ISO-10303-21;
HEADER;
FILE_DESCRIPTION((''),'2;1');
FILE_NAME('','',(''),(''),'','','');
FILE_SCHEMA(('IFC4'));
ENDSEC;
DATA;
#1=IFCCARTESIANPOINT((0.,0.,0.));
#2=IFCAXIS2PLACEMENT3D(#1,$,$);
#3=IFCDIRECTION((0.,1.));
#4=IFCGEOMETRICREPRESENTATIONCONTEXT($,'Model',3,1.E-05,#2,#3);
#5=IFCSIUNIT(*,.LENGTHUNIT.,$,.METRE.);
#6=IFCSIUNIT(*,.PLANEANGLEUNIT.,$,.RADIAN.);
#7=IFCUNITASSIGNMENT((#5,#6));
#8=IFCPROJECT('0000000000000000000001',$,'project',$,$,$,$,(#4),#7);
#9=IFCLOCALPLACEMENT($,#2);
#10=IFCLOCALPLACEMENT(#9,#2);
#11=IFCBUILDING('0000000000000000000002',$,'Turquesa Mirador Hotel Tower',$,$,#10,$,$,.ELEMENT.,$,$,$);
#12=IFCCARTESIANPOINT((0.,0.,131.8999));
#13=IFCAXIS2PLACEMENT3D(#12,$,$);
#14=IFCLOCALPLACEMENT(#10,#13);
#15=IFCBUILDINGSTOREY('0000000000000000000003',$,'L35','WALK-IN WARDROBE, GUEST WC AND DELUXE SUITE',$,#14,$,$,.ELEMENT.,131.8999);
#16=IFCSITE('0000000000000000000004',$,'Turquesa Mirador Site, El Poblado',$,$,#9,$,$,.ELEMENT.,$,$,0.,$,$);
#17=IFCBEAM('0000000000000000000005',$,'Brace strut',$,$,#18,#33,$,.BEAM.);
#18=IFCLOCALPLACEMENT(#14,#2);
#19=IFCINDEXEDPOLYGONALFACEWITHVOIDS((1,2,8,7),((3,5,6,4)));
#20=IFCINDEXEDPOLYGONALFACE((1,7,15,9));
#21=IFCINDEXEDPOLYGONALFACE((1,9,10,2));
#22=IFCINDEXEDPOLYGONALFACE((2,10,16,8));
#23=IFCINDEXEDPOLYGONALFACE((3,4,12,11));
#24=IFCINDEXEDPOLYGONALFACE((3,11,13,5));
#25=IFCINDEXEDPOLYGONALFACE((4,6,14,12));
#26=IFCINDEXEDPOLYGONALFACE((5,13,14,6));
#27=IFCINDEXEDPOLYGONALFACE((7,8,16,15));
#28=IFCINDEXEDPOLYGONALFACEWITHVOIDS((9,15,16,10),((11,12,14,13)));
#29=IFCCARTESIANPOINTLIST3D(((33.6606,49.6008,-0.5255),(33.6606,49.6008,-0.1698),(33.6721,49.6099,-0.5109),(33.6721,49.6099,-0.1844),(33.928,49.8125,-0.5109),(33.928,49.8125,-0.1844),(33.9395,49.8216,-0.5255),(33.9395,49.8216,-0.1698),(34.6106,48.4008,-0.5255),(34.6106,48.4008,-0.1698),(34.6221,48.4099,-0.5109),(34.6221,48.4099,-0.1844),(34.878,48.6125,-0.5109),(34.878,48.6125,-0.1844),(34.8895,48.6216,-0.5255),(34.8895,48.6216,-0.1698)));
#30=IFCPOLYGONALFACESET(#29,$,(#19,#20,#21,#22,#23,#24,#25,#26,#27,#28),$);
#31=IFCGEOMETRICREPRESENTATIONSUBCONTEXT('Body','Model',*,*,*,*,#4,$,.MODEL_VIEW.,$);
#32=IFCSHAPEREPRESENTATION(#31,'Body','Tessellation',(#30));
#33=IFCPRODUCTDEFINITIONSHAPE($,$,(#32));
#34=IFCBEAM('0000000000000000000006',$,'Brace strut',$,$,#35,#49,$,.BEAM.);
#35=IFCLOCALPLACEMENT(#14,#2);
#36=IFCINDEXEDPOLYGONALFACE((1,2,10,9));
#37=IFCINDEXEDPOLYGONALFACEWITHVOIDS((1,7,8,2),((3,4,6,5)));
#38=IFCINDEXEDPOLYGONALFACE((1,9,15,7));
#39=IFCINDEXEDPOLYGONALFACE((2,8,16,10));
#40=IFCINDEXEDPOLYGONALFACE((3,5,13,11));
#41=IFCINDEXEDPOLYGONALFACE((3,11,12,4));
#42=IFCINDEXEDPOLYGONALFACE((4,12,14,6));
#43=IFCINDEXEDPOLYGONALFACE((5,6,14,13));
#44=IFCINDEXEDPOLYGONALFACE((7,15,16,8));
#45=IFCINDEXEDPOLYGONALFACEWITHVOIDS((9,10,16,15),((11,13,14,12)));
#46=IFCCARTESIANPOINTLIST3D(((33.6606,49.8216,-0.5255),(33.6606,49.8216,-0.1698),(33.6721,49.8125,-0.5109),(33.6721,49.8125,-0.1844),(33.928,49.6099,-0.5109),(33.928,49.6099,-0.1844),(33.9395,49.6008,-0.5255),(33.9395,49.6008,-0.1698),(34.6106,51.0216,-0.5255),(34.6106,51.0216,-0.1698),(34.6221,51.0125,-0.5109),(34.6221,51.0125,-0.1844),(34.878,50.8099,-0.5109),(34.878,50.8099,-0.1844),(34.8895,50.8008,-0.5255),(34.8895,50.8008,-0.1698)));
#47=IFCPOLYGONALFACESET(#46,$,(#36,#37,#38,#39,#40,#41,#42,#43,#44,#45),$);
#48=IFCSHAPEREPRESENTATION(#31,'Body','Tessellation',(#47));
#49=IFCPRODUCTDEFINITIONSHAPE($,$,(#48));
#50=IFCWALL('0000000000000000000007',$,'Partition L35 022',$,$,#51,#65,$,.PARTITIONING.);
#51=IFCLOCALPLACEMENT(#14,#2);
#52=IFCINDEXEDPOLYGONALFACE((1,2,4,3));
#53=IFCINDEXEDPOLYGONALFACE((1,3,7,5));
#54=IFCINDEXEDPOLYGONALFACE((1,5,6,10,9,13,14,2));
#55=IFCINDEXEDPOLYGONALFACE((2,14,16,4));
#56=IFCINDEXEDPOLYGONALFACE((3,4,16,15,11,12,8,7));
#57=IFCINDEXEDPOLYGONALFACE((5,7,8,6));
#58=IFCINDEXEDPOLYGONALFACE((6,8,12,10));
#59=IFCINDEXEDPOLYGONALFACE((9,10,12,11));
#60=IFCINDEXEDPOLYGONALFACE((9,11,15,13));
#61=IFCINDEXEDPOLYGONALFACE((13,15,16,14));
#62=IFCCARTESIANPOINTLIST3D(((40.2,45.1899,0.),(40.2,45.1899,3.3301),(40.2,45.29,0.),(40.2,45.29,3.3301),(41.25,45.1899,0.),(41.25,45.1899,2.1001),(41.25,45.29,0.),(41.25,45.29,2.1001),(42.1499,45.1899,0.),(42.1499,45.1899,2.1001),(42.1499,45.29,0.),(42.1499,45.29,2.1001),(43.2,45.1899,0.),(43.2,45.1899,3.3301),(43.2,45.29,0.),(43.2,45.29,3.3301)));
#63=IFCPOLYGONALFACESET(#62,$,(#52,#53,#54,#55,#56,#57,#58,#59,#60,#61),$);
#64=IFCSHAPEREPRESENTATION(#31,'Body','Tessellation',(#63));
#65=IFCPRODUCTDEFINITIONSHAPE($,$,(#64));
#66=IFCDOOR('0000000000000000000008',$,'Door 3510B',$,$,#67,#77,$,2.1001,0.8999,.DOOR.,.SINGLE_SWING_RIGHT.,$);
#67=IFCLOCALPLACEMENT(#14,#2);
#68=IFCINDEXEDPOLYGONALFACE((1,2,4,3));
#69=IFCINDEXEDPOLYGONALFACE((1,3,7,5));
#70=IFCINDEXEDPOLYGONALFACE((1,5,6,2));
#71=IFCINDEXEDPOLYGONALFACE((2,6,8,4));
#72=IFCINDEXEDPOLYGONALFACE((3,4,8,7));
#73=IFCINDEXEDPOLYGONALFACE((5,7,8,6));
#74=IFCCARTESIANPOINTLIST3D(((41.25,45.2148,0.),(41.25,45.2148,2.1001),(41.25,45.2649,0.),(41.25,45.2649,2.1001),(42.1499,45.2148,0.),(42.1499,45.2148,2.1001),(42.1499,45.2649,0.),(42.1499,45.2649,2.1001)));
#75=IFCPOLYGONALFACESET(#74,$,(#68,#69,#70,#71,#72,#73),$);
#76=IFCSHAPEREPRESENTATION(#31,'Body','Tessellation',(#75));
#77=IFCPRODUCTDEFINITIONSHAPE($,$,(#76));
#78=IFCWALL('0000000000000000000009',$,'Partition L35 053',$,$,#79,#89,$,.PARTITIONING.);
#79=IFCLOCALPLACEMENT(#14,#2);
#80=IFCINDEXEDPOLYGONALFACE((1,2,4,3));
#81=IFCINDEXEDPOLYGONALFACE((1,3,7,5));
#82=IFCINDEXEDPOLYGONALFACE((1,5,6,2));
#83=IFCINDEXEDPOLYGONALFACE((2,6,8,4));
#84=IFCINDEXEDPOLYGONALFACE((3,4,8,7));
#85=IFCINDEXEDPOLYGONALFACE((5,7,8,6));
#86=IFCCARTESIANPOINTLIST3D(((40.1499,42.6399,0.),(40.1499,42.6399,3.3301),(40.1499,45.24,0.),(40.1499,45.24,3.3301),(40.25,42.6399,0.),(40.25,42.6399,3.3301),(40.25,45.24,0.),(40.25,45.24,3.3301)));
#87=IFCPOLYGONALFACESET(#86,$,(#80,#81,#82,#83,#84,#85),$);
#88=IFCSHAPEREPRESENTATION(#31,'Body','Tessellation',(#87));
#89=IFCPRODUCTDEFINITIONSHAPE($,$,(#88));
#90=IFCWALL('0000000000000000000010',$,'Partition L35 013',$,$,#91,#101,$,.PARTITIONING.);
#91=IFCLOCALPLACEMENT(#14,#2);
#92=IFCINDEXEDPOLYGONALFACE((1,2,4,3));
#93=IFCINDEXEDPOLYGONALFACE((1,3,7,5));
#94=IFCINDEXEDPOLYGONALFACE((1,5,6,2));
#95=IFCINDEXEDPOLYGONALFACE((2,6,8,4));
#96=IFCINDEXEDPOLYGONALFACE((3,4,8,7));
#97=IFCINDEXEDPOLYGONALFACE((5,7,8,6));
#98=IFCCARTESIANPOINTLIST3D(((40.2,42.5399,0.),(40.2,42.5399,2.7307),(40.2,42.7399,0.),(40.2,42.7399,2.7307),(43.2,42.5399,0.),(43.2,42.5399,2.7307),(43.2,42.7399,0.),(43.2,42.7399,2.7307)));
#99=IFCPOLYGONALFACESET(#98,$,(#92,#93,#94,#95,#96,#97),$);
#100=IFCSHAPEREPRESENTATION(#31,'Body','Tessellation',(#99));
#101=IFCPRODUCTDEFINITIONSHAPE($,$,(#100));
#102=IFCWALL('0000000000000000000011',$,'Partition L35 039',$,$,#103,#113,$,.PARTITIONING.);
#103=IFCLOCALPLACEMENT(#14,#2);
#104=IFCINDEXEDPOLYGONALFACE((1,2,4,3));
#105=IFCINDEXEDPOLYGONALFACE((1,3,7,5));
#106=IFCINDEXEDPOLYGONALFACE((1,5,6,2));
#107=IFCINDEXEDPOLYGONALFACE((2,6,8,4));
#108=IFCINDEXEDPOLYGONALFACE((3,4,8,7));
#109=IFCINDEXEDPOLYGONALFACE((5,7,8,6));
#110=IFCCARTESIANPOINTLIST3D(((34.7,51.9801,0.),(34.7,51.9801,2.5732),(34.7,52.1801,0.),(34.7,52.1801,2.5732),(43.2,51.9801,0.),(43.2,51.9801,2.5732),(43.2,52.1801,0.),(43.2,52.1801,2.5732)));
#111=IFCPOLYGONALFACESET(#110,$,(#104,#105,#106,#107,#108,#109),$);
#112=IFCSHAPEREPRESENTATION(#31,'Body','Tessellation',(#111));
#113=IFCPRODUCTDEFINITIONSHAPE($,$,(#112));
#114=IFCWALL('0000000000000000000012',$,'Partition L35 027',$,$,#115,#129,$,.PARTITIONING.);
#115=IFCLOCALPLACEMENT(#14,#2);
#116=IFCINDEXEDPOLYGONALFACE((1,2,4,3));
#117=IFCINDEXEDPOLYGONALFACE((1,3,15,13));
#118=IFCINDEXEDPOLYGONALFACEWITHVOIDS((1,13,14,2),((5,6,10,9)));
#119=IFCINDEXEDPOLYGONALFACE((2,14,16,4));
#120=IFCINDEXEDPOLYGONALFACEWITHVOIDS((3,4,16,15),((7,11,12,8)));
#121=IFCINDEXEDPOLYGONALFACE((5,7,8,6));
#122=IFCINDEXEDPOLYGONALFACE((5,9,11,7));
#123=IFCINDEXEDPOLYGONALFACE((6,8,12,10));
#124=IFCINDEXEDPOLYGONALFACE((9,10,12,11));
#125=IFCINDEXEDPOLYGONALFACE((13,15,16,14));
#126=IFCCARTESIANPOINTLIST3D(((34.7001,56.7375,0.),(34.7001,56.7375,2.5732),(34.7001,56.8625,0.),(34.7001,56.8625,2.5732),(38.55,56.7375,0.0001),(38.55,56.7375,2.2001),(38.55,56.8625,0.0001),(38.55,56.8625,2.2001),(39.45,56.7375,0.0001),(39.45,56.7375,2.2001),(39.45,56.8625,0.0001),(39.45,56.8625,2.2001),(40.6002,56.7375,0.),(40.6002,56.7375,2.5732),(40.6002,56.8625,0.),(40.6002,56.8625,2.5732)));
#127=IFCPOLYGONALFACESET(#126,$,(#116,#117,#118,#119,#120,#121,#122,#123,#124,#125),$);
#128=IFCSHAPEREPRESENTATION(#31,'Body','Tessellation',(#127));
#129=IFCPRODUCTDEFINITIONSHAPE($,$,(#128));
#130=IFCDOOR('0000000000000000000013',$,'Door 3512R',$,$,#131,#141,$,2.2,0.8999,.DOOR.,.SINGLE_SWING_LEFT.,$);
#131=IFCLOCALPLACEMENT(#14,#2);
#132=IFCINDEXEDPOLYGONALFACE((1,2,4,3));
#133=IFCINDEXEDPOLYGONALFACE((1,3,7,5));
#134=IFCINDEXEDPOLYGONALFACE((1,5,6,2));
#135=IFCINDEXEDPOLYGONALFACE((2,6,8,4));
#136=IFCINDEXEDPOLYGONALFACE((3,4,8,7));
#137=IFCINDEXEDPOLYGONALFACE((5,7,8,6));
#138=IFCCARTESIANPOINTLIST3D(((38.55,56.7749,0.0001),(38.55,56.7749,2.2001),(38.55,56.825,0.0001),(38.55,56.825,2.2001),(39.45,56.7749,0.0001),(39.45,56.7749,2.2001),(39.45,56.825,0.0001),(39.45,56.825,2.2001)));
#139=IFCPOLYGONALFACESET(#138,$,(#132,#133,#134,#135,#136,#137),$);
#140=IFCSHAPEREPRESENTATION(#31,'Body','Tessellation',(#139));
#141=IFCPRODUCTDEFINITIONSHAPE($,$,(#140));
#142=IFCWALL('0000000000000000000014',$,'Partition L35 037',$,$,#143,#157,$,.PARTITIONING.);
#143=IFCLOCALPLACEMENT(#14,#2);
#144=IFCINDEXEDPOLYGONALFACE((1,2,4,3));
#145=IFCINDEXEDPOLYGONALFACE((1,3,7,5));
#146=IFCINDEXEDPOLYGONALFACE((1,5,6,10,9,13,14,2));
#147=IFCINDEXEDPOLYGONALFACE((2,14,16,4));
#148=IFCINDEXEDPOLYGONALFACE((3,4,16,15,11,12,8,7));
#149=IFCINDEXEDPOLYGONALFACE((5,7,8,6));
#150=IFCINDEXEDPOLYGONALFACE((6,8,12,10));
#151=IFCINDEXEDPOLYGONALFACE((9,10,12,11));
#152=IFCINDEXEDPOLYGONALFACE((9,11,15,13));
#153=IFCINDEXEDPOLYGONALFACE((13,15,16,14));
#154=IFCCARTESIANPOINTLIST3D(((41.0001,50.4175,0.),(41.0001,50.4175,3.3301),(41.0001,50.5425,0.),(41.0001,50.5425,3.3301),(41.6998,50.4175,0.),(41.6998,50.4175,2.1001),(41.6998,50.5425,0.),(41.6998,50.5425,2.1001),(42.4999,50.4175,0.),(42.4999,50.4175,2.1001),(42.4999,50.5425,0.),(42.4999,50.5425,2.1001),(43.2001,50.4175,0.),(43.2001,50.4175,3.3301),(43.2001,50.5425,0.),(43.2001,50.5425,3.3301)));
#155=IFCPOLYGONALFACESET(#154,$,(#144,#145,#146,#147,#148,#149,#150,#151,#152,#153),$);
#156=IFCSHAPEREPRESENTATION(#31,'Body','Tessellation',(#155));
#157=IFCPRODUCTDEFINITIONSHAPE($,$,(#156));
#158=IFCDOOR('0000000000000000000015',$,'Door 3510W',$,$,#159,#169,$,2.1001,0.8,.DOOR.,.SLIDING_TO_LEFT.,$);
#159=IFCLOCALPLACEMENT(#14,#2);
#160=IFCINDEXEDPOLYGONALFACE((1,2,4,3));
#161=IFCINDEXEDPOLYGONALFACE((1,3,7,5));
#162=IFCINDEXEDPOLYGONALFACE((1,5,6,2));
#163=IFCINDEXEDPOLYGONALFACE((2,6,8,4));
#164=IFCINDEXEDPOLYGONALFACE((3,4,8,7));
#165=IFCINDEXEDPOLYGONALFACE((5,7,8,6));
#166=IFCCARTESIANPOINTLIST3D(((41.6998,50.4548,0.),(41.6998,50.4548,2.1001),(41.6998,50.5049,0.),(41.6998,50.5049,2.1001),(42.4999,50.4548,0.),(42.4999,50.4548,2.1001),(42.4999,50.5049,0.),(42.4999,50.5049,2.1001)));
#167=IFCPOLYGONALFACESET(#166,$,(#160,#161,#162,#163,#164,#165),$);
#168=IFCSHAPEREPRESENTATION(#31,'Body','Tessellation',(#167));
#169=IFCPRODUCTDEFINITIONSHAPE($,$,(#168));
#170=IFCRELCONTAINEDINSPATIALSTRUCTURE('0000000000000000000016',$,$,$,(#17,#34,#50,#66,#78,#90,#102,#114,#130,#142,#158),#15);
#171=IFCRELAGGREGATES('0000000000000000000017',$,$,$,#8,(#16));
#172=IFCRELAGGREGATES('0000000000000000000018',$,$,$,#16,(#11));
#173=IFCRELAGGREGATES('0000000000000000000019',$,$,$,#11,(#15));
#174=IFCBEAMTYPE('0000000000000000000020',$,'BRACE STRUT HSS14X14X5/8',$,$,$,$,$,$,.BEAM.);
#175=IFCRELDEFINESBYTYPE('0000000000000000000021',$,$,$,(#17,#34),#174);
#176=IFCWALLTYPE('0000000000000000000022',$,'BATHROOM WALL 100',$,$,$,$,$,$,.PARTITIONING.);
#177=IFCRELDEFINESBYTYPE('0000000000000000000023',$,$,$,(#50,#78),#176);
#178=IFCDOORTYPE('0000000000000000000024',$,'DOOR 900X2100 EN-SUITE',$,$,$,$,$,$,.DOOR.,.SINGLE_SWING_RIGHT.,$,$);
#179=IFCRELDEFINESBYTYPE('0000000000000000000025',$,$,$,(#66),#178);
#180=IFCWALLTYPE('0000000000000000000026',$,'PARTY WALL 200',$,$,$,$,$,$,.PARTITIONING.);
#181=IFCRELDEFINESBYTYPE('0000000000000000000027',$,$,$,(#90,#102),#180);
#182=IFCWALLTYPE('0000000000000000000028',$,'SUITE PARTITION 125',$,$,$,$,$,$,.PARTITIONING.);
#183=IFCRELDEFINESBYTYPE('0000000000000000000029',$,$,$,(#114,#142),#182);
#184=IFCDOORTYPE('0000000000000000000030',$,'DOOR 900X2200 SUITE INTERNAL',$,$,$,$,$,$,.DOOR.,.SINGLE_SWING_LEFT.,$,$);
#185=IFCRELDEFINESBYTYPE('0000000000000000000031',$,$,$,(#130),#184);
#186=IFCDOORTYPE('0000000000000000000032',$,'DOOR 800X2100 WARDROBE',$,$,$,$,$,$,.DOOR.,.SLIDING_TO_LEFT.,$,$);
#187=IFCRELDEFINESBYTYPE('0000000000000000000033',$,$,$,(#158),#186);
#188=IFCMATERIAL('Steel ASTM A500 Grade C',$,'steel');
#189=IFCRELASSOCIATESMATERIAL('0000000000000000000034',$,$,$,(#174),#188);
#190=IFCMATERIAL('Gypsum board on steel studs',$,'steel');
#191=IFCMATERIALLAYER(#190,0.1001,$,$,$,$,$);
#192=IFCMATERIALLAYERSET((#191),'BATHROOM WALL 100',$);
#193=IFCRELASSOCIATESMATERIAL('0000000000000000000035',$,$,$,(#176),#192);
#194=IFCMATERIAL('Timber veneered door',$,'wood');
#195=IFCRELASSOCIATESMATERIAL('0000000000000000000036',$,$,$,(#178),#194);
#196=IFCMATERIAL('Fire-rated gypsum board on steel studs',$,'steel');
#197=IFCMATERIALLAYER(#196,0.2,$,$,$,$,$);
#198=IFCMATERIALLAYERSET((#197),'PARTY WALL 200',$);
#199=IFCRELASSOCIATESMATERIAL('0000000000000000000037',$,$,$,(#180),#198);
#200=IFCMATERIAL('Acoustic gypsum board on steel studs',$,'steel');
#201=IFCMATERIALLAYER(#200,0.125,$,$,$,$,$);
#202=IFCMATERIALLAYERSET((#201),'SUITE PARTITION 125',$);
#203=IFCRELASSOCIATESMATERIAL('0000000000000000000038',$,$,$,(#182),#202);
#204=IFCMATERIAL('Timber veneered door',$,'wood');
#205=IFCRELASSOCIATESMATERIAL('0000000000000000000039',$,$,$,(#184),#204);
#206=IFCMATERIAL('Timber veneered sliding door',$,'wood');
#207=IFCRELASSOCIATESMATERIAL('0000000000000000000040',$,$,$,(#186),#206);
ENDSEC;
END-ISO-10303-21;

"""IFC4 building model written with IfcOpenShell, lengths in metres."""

from ifc_helpers import new_model, si_unit, direction, frame, frame_2d, origin, origin_2d, place, context, subcontext, project, spatial, rectangle, hollow_rectangle, extrude, material, layer, layer_set, material_profile, profile_set, type_object, element, fill, save


model = new_model("IFC4")

# Units and contexts
model_context = context("Model", 3, precision=1e-05, world=origin(), true_north=direction((0.0, 1.0)))
body_context = subcontext(model_context, "Body", "Model", "MODEL_VIEW")
ifc_project = project(units=[si_unit("LENGTHUNIT", "METRE"), si_unit("PLANEANGLEUNIT", "RADIAN")], contexts=[model_context])

# Site, building, storey
site_placement = place(None, origin())
site = spatial("IfcSite", under=ifc_project, at=site_placement, Name="Turquesa Mirador Site, El Poblado", CompositionType="ELEMENT", RefElevation=0.0)
building_placement = place(site_placement, origin())
building = spatial("IfcBuilding", under=site, at=building_placement, Name="Turquesa Mirador Hotel Tower", CompositionType="ELEMENT")
storey_placement = place(building_placement, frame((0.0, 0.0, 131.8999)))
storey = spatial("IfcBuildingStorey", under=building, at=storey_placement, Name="L35", Description="WALK-IN WARDROBE, GUEST WC AND DELUXE SUITE", CompositionType="ELEMENT", Elevation=131.8999)

# Beams
ifc_material_1 = material(Name="Steel ASTM A500 Grade C", Category="steel")
ifc_material_profile_1 = material_profile(ifc_material_1, hollow_rectangle(XDim=0.3557, YDim=0.3557, WallThickness=0.0146, at=origin_2d()), Name="HSS14X14X5/8")
ifc_profile_set_1 = profile_set([ifc_material_profile_1], Name="Steel ASTM A500 Grade C")
beam_type_1 = type_object("IfcBeamType", Name="BRACE STRUT HSS14X14X5/8", PredefinedType="BEAM", material=ifc_profile_set_1)
for number, where, z_axis, x_axis, name in (
    (1, (33.8, 49.7112, -0.3477), (0.620699, -0.784049, 0.0), (0.784049, 0.620699, 0.0), "Brace strut"),
    (2, (33.8, 49.7112, -0.3477), (0.620699, 0.784049, 0.0), (-0.784049, 0.620699, 0.0), "Brace strut"),
):
    element("IfcBeam", number, at=place(storey_placement, frame(where, z_axis=z_axis, x_axis=x_axis)), inside=storey, type_object=beam_type_1, Name=name, PredefinedType="BEAM", context=body_context, shape_type="SweptSolid", body=[
        extrude(hollow_rectangle(XDim=0.3557, YDim=0.3557, WallThickness=0.0146, at=origin_2d()), origin(), (0.0, 0.0, 1.0), 1.5305),
    ])

# Wall, opening, door
ifc_material_2 = material(Name="Gypsum board on steel studs", Category="steel")
ifc_layer_1 = layer(ifc_material_2, 0.1001)
ifc_layer_set_1 = layer_set([ifc_layer_1], Name="BATHROOM WALL 100")
wall_type_1 = type_object("IfcWallType", Name="BATHROOM WALL 100", PredefinedType="PARTITIONING", material=ifc_layer_set_1)
wall_1_placement = place(storey_placement, frame((40.2, 45.24, 0.0), z_axis=(0.0, 0.0, 1.0), x_axis=(1.0, 0.0, 0.0)))
wall_1 = element("IfcWall", 3, at=wall_1_placement, inside=storey, type_object=wall_type_1, Name="Partition L35 022", PredefinedType="PARTITIONING", context=body_context, shape_type="SweptSolid", body=[
    extrude(rectangle(XDim=3.0, YDim=0.1001, at=frame_2d((1.5, 0.0))), origin(), (0.0, 0.0, 1.0), 3.3301),
])
opening_1_placement = place(wall_1_placement, frame((1.05, 0.0, 0.0)))
opening_1 = element("IfcOpeningElement", 4, at=opening_1_placement, cuts=wall_1, PredefinedType="OPENING", context=body_context, shape_type="SweptSolid", body=[
    extrude(rectangle(XDim=0.8999, YDim=2.1001, at=frame_2d((0.45, 1.05))), frame((0.0, 0.0601, 0.0), z_axis=(0.0, -1.0, 0.0), x_axis=(1.0, 0.0, 0.0)), (0.0, 0.0, 1.0), 0.1201),
])
ifc_material_3 = material(Name="Timber veneered door", Category="wood")
door_type_1 = type_object("IfcDoorType", Name="DOOR 900X2100 EN-SUITE", OperationType="SINGLE_SWING_RIGHT", PredefinedType="DOOR", material=ifc_material_3)
door_1_placement = place(opening_1_placement, origin())
door_1 = element("IfcDoor", 5, at=door_1_placement, inside=storey, type_object=door_type_1, Name="Door 3510B", OperationType="SINGLE_SWING_RIGHT", OverallHeight=2.1001, OverallWidth=0.8999, PredefinedType="DOOR", context=body_context, shape_type="SweptSolid", body=[
    extrude(rectangle(XDim=0.8999, YDim=2.1001, at=frame_2d((0.45, 1.05))), frame((0.0, 0.0249, 0.0), z_axis=(0.0, -1.0, 0.0), x_axis=(1.0, 0.0, 0.0)), (0.0, 0.0, 1.0), 0.05),
])
fill(opening_1, door_1)

# Walls
wall_2_placement = place(storey_placement, frame((40.2, 42.6399, 0.0), z_axis=(0.0, 0.0, 1.0), x_axis=(0.0, 1.0, 0.0)))
element("IfcWall", 6, at=wall_2_placement, inside=storey, type_object=wall_type_1, Name="Partition L35 053", PredefinedType="PARTITIONING", context=body_context, shape_type="SweptSolid", body=[
    extrude(rectangle(XDim=2.6001, YDim=0.1001, at=frame_2d((1.3, 0.0))), origin(), (0.0, 0.0, 1.0), 3.3301),
])
ifc_material_4 = material(Name="Fire-rated gypsum board on steel studs", Category="steel")
ifc_layer_2 = layer(ifc_material_4, 0.2)
ifc_layer_set_2 = layer_set([ifc_layer_2], Name="PARTY WALL 200")
wall_type_2 = type_object("IfcWallType", Name="PARTY WALL 200", PredefinedType="PARTITIONING", material=ifc_layer_set_2)
wall_3_placement = place(storey_placement, frame((40.2, 42.6399, 0.0), z_axis=(0.0, 0.0, 1.0), x_axis=(1.0, 0.0, 0.0)))
element("IfcWall", 7, at=wall_3_placement, inside=storey, type_object=wall_type_2, Name="Partition L35 013", PredefinedType="PARTITIONING", context=body_context, shape_type="SweptSolid", body=[
    extrude(rectangle(XDim=3.0, YDim=0.2, at=frame_2d((1.5, 0.0))), origin(), (0.0, 0.0, 1.0), 2.7307),
])
wall_4_placement = place(storey_placement, frame((34.7, 52.0801, 0.0), z_axis=(0.0, 0.0, 1.0), x_axis=(1.0, 0.0, 0.0)))
element("IfcWall", 8, at=wall_4_placement, inside=storey, type_object=wall_type_2, Name="Partition L35 039", PredefinedType="PARTITIONING", context=body_context, shape_type="SweptSolid", body=[
    extrude(rectangle(XDim=8.5, YDim=0.2, at=frame_2d((4.25, 0.0))), origin(), (0.0, 0.0, 1.0), 2.5732),
])

# Walls, openings, doors
ifc_material_5 = material(Name="Acoustic gypsum board on steel studs", Category="steel")
ifc_layer_3 = layer(ifc_material_5, 0.125)
ifc_layer_set_3 = layer_set([ifc_layer_3], Name="SUITE PARTITION 125")
wall_type_3 = type_object("IfcWallType", Name="SUITE PARTITION 125", PredefinedType="PARTITIONING", material=ifc_layer_set_3)
wall_5_placement = place(storey_placement, frame((34.7, 56.8, 0.0), z_axis=(0.0, 0.0, 1.0), x_axis=(1.0, 0.0, 0.0)))
wall_5 = element("IfcWall", 9, at=wall_5_placement, inside=storey, type_object=wall_type_3, Name="Partition L35 027", PredefinedType="PARTITIONING", context=body_context, shape_type="SweptSolid", body=[
    extrude(rectangle(XDim=5.9001, YDim=0.125, at=frame_2d((2.9502, 0.0))), origin(), (0.0, 0.0, 1.0), 2.5732),
])
opening_2_placement = place(wall_5_placement, frame((3.8501, 0.0, 0.0)))
opening_2 = element("IfcOpeningElement", 10, at=opening_2_placement, cuts=wall_5, PredefinedType="OPENING", context=body_context, shape_type="SweptSolid", body=[
    extrude(rectangle(XDim=0.8999, YDim=2.2, at=frame_2d((0.45, 1.1001))), frame((0.0, 0.0725, 0.0), z_axis=(0.0, -1.0, 0.0), x_axis=(1.0, 0.0, 0.0)), (0.0, 0.0, 1.0), 0.145),
])
ifc_material_6 = material(Name="Timber veneered door", Category="wood")
door_type_2 = type_object("IfcDoorType", Name="DOOR 900X2200 SUITE INTERNAL", OperationType="SINGLE_SWING_LEFT", PredefinedType="DOOR", material=ifc_material_6)
door_2_placement = place(opening_2_placement, origin())
door_2 = element("IfcDoor", 11, at=door_2_placement, inside=storey, type_object=door_type_2, Name="Door 3512R", OperationType="SINGLE_SWING_LEFT", OverallHeight=2.2, OverallWidth=0.8999, PredefinedType="DOOR", context=body_context, shape_type="SweptSolid", body=[
    extrude(rectangle(XDim=0.8999, YDim=2.2, at=frame_2d((0.45, 1.1001))), frame((0.0, 0.0249, 0.0), z_axis=(0.0, -1.0, 0.0), x_axis=(1.0, 0.0, 0.0)), (0.0, 0.0, 1.0), 0.05),
])
fill(opening_2, door_2)
wall_6_placement = place(storey_placement, frame((41.0, 50.48, 0.0), z_axis=(0.0, 0.0, 1.0), x_axis=(1.0, 0.0, 0.0)))
wall_6 = element("IfcWall", 12, at=wall_6_placement, inside=storey, type_object=wall_type_3, Name="Partition L35 037", PredefinedType="PARTITIONING", context=body_context, shape_type="SweptSolid", body=[
    extrude(rectangle(XDim=2.2, YDim=0.125, at=frame_2d((1.1001, 0.0))), origin(), (0.0, 0.0, 1.0), 3.3301),
])
opening_3_placement = place(wall_6_placement, frame((0.7, 0.0, 0.0)))
opening_3 = element("IfcOpeningElement", 13, at=opening_3_placement, cuts=wall_6, PredefinedType="OPENING", context=body_context, shape_type="SweptSolid", body=[
    extrude(rectangle(XDim=0.8, YDim=2.1001, at=frame_2d((0.3999, 1.05))), frame((0.0, 0.0725, 0.0), z_axis=(0.0, -1.0, 0.0), x_axis=(1.0, 0.0, 0.0)), (0.0, 0.0, 1.0), 0.145),
])
ifc_material_7 = material(Name="Timber veneered sliding door", Category="wood")
door_type_3 = type_object("IfcDoorType", Name="DOOR 800X2100 WARDROBE", OperationType="SLIDING_TO_LEFT", PredefinedType="DOOR", material=ifc_material_7)
door_3_placement = place(opening_3_placement, origin())
door_3 = element("IfcDoor", 14, at=door_3_placement, inside=storey, type_object=door_type_3, Name="Door 3510W", OperationType="SLIDING_TO_LEFT", OverallHeight=2.1001, OverallWidth=0.8, PredefinedType="DOOR", context=body_context, shape_type="SweptSolid", body=[
    extrude(rectangle(XDim=0.8, YDim=2.1001, at=frame_2d((0.3999, 1.05))), frame((0.0, 0.0249, 0.0), z_axis=(0.0, -1.0, 0.0), x_axis=(1.0, 0.0, 0.0)), (0.0, 0.0, 1.0), 0.05),
])
fill(opening_3, door_3)

save(model, "model.ifc")
